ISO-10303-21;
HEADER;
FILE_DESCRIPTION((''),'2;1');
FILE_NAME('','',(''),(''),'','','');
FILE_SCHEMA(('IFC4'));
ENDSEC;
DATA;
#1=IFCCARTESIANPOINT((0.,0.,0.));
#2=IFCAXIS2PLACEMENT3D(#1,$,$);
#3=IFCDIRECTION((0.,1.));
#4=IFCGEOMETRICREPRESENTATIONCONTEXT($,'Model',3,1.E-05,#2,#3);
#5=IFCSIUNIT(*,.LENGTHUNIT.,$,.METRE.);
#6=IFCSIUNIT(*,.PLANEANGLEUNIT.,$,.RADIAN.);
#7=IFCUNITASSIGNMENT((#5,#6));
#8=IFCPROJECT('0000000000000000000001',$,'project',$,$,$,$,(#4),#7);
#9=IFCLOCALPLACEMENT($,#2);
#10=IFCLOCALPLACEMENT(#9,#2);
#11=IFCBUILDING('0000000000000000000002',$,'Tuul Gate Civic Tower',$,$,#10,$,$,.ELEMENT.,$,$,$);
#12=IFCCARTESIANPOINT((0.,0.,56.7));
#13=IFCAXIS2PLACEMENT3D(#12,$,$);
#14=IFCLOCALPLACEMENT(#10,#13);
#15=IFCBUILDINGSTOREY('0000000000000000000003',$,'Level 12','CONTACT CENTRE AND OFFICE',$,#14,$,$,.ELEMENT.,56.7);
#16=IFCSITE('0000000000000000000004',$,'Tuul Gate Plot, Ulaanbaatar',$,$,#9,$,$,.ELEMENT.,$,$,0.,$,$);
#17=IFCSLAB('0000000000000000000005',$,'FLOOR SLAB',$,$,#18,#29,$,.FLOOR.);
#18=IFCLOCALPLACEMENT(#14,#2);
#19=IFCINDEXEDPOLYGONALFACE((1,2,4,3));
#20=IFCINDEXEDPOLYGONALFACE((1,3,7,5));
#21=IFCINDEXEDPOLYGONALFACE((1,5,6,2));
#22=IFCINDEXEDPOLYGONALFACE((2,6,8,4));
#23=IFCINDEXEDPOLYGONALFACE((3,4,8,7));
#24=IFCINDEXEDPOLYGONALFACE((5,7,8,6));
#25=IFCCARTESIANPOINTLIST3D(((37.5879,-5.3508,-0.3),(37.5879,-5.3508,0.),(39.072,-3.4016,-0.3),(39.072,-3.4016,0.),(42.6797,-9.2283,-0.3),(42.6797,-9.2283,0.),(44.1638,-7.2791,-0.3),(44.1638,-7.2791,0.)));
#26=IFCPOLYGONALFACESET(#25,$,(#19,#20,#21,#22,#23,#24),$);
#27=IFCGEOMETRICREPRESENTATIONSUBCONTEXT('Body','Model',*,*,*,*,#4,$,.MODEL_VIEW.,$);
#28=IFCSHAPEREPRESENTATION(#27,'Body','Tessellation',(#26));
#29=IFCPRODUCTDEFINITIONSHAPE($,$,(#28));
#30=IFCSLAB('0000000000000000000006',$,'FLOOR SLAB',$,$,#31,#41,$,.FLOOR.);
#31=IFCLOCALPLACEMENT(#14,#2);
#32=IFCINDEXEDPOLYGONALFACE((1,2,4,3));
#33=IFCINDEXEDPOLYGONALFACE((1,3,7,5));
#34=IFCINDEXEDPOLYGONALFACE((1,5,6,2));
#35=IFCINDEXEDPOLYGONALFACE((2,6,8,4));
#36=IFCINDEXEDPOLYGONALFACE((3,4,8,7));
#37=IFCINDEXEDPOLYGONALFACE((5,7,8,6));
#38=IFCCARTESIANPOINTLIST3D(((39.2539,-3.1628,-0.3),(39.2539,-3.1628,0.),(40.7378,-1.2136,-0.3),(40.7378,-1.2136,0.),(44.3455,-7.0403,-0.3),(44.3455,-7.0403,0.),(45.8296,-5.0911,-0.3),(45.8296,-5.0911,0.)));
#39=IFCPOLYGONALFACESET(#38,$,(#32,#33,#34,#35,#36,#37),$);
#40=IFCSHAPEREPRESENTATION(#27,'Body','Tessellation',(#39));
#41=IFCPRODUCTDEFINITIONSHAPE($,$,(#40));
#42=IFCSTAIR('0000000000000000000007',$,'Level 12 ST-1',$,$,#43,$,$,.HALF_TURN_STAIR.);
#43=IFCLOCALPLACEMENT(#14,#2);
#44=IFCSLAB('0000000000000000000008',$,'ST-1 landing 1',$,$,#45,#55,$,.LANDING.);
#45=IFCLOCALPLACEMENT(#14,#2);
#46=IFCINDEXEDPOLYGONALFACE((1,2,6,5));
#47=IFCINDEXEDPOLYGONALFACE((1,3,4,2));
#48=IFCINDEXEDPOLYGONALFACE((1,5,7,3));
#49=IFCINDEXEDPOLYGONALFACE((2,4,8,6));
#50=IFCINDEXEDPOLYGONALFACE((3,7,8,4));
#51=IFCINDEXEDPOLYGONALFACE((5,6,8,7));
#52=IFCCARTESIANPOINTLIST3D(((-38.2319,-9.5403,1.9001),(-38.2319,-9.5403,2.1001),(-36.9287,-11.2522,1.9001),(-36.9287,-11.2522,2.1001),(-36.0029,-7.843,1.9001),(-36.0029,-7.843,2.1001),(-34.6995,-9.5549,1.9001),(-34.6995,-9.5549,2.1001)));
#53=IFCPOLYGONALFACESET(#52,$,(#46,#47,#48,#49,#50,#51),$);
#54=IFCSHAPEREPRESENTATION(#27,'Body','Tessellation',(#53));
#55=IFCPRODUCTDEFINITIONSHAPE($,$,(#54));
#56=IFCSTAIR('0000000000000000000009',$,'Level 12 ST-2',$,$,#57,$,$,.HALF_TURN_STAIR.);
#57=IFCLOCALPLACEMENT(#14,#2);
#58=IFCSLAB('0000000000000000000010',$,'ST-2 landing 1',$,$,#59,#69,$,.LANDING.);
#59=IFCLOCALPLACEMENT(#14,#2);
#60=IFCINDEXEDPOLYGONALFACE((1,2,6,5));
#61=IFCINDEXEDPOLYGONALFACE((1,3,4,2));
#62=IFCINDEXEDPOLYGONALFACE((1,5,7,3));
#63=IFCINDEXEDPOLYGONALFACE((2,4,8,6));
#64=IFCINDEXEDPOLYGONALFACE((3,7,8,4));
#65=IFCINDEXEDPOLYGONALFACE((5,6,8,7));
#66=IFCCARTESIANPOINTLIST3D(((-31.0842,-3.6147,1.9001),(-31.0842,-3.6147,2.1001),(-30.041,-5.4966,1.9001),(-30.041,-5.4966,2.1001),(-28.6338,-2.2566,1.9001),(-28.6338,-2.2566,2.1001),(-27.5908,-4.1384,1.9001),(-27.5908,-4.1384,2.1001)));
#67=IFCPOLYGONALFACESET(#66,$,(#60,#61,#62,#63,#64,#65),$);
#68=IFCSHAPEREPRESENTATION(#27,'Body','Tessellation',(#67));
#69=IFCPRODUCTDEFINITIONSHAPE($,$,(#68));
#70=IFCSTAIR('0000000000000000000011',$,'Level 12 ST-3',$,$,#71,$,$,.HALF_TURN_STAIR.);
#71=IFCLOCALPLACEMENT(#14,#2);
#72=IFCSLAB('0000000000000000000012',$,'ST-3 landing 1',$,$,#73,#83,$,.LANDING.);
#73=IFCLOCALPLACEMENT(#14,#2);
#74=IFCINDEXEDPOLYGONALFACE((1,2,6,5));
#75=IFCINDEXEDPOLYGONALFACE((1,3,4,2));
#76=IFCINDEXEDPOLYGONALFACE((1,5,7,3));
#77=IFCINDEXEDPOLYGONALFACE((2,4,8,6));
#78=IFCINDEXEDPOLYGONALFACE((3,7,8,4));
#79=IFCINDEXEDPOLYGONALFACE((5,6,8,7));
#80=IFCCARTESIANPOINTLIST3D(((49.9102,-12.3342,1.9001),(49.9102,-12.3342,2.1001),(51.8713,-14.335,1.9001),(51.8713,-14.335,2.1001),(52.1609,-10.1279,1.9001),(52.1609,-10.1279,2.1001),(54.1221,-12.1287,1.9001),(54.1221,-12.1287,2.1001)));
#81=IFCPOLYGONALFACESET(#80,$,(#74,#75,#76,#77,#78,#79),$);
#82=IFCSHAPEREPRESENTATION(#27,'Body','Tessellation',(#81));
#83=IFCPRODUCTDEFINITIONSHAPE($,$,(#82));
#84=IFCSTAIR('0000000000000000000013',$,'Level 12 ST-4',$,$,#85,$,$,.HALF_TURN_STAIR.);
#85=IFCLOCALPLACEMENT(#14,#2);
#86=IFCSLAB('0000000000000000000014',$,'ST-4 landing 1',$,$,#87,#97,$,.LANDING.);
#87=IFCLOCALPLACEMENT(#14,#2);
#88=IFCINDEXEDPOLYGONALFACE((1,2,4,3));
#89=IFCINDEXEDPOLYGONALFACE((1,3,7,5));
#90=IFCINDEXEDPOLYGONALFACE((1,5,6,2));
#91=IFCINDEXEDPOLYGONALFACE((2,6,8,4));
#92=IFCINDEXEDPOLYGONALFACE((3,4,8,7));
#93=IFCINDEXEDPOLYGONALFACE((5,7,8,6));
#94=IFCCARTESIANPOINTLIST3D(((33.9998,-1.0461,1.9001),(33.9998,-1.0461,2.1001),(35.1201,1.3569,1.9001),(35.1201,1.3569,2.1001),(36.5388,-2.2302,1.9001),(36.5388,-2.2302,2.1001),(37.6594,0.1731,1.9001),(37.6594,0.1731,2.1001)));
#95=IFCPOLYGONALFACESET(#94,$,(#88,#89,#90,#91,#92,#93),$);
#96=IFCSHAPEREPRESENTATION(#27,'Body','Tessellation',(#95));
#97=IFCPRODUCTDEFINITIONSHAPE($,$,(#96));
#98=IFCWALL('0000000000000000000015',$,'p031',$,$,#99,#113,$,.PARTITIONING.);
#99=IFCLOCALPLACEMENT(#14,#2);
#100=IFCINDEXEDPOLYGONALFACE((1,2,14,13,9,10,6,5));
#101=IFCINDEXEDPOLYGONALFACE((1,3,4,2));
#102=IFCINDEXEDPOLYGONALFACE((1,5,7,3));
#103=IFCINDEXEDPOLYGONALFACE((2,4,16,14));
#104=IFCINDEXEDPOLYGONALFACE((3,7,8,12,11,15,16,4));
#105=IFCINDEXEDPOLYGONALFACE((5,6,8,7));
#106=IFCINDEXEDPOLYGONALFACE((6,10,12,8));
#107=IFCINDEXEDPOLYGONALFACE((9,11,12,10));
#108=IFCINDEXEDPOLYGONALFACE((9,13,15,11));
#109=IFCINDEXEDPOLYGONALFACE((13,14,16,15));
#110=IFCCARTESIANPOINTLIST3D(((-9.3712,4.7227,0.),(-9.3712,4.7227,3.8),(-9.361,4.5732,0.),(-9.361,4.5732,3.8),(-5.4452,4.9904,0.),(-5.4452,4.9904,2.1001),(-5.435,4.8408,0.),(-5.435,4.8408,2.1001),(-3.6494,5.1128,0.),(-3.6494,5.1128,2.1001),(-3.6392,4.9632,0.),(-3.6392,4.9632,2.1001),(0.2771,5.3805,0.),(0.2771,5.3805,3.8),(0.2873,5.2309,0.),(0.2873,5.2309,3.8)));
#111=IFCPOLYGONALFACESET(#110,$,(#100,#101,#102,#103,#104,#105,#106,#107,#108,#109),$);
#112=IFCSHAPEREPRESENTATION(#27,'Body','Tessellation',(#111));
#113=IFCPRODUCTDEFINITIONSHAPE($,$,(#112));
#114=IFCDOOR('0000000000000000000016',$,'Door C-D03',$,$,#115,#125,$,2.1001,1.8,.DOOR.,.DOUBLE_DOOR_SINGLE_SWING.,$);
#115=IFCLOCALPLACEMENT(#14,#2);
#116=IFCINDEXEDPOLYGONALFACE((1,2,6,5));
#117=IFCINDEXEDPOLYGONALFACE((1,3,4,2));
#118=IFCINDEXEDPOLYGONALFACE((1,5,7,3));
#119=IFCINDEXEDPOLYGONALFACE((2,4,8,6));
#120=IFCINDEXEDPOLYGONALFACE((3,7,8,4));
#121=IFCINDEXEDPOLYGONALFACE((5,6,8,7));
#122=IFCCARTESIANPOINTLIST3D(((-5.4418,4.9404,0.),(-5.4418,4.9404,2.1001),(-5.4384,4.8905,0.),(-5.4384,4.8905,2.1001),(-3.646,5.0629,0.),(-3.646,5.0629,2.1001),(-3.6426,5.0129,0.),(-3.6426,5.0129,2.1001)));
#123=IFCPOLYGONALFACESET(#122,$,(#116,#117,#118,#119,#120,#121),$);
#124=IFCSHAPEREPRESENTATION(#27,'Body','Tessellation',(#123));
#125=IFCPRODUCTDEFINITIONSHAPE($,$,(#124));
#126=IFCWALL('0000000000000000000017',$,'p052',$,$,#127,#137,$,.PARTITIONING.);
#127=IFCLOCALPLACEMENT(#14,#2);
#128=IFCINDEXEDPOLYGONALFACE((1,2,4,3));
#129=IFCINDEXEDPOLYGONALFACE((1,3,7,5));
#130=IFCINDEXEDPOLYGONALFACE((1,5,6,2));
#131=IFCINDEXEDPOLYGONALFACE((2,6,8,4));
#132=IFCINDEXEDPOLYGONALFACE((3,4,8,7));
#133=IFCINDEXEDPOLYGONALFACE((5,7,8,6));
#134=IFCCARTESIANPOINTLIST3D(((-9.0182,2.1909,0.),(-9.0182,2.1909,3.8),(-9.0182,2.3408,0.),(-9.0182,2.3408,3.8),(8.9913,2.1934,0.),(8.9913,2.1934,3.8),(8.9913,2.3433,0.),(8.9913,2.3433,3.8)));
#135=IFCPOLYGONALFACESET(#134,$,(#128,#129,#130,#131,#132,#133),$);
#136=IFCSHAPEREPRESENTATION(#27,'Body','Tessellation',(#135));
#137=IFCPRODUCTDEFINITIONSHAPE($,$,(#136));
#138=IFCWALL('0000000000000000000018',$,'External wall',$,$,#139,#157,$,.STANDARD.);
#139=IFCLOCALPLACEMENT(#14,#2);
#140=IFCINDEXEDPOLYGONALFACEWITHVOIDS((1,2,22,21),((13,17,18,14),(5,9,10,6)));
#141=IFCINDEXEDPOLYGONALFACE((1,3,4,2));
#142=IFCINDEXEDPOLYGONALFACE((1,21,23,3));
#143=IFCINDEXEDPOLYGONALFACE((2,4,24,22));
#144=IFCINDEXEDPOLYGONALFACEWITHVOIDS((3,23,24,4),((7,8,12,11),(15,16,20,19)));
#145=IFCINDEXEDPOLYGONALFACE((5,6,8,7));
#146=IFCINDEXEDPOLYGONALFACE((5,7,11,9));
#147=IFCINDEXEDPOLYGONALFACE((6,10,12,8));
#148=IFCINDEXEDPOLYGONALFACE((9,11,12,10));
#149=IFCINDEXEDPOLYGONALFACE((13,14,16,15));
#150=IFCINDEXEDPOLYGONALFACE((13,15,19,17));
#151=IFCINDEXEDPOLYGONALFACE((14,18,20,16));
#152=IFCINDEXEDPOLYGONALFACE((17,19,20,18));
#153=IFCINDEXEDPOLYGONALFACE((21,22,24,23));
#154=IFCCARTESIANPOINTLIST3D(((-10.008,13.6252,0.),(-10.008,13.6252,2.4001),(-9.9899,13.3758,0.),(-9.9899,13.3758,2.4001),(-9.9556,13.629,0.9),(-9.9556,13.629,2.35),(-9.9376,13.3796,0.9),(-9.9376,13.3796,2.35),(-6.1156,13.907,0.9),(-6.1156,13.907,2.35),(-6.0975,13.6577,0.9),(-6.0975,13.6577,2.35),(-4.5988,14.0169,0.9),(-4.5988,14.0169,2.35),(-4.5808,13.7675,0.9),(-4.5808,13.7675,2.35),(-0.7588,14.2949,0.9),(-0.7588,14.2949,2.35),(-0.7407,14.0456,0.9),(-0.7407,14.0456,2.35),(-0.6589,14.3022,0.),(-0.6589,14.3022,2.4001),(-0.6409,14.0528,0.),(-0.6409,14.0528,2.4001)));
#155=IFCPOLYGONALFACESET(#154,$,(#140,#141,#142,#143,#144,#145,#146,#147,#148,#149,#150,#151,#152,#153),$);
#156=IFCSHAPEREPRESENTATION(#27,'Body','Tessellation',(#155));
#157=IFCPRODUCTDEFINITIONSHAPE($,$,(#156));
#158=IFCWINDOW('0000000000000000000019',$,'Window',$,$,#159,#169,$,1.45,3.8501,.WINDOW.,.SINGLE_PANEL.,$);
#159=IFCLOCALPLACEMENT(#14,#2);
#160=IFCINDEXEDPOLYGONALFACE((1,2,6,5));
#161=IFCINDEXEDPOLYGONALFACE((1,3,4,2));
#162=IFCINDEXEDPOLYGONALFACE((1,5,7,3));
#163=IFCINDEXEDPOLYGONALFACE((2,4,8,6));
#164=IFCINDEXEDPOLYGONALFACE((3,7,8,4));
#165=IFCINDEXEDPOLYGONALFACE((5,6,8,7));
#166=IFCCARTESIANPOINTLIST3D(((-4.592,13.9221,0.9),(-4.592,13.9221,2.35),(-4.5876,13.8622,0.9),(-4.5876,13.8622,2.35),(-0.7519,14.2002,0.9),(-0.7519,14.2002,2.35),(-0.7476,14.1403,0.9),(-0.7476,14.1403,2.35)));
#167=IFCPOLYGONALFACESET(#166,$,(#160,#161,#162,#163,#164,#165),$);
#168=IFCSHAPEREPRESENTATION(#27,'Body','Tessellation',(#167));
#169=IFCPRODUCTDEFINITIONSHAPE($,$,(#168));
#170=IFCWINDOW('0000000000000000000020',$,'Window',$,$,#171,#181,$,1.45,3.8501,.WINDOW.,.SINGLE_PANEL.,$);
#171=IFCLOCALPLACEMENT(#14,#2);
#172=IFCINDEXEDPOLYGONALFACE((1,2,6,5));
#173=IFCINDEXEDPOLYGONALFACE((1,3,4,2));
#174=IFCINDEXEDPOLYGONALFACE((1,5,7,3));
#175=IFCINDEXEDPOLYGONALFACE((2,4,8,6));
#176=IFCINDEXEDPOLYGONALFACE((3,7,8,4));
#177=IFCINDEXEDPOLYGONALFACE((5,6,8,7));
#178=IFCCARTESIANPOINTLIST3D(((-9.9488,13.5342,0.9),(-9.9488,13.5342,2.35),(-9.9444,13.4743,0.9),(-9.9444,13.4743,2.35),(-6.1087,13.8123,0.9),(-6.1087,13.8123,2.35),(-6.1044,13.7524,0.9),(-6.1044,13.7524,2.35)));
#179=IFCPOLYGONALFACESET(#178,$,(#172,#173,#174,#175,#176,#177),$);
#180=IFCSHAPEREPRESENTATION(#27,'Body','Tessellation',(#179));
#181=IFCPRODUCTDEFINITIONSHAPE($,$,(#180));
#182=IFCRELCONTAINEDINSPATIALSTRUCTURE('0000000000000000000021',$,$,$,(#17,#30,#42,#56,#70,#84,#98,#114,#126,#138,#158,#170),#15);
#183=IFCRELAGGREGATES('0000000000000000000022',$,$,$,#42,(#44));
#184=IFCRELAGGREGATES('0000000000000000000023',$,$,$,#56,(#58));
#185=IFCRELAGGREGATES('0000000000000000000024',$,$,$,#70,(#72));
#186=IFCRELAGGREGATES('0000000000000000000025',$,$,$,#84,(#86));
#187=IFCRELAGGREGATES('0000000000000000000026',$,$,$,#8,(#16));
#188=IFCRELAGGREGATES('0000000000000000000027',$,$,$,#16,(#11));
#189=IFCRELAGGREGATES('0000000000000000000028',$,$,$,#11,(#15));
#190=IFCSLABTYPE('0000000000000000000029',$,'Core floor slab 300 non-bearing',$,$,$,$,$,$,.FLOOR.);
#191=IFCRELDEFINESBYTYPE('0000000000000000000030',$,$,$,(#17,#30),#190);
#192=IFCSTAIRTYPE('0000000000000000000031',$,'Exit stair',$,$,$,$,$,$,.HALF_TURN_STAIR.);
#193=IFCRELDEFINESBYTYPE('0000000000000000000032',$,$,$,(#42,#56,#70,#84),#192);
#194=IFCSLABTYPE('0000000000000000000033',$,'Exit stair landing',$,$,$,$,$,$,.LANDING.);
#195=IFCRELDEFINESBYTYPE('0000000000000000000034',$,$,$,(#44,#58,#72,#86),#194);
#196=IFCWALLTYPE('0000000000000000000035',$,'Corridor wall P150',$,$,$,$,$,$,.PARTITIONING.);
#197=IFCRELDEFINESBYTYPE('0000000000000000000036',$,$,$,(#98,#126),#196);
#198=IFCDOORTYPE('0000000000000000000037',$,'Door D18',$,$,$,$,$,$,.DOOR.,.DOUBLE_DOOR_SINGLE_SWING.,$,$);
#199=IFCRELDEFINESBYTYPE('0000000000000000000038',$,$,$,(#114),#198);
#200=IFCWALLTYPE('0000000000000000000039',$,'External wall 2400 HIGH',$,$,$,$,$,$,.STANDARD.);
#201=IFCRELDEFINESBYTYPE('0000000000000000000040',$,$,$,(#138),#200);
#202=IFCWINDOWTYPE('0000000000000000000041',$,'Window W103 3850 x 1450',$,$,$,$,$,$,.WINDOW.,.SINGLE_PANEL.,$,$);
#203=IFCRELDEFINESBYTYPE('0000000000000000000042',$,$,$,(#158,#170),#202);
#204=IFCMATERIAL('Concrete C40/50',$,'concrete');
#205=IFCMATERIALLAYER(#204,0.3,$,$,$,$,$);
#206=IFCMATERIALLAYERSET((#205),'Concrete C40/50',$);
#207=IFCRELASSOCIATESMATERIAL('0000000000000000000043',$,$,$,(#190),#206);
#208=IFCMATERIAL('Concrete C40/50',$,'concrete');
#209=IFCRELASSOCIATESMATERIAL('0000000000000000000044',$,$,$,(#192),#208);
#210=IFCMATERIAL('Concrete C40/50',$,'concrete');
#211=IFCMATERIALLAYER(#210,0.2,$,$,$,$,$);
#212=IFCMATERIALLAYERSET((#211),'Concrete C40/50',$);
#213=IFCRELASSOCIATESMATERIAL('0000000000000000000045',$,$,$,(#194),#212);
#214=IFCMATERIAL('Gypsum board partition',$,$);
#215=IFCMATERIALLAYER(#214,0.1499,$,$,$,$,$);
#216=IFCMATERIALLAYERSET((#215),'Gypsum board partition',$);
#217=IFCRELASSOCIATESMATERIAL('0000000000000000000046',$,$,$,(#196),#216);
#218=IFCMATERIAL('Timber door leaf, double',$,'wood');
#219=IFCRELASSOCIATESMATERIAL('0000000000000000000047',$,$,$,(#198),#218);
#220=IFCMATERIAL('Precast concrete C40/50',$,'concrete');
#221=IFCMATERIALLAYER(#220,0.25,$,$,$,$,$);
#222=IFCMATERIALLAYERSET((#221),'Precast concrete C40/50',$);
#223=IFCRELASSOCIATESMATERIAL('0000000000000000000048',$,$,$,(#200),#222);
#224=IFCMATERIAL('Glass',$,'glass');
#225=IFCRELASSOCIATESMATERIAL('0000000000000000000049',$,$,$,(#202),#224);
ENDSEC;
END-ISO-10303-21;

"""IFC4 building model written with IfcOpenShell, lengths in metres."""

from ifc_helpers import new_model, si_unit, direction, frame, frame_2d, origin, place, context, subcontext, project, spatial, polyline, rectangle, outline, extrude, material, layer, layer_set, type_object, element, fill, aggregate, save


model = new_model("IFC4")

# Units and contexts
model_context = context("Model", 3, precision=1e-05, world=origin(), true_north=direction((0.0, 1.0)))
body_context = subcontext(model_context, "Body", "Model", "MODEL_VIEW")
ifc_project = project(units=[si_unit("LENGTHUNIT", "METRE"), si_unit("PLANEANGLEUNIT", "RADIAN")], contexts=[model_context])

# Site, building, storey
site_placement = place(None, origin())
site = spatial("IfcSite", under=ifc_project, at=site_placement, Name="Tuul Gate Plot, Ulaanbaatar", CompositionType="ELEMENT", RefElevation=0.0)
building_placement = place(site_placement, origin())
building = spatial("IfcBuilding", under=site, at=building_placement, Name="Tuul Gate Civic Tower", CompositionType="ELEMENT")
storey_placement = place(building_placement, frame((0.0, 0.0, 56.7)))
storey = spatial("IfcBuildingStorey", under=building, at=storey_placement, Name="Level 12", Description="CONTACT CENTRE AND OFFICE", CompositionType="ELEMENT", Elevation=56.7)

# Slabs
ifc_material_1 = material(Name="Concrete C40/50", Category="concrete")
ifc_layer_1 = layer(ifc_material_1, 0.3)
ifc_layer_set_1 = layer_set([ifc_layer_1], Name="Concrete C40/50")
slab_type_1 = type_object("IfcSlabType", Name="Core floor slab 300 non-bearing", PredefinedType="FLOOR", material=ifc_layer_set_1)
slab_1_placement = place(storey_placement, frame((0.0, 0.0, -0.3)))
element("IfcSlab", 1, at=slab_1_placement, inside=storey, type_object=slab_type_1, Name="FLOOR SLAB", PredefinedType="FLOOR", context=body_context, shape_type="SweptSolid", body=[
    extrude(outline(polyline([(37.5879, -5.3508), (39.072, -3.4016), (44.1638, -7.2791), (42.6797, -9.2283), (37.5879, -5.3508)])), origin(), (0.0, 0.0, 1.0), 0.3),
])
slab_2_placement = place(storey_placement, frame((0.0, 0.0, -0.3)))
element("IfcSlab", 2, at=slab_2_placement, inside=storey, type_object=slab_type_1, Name="FLOOR SLAB", PredefinedType="FLOOR", context=body_context, shape_type="SweptSolid", body=[
    extrude(outline(polyline([(44.3455, -7.0403), (39.2539, -3.1628), (40.7378, -1.2136), (45.8296, -5.0911), (44.3455, -7.0403)])), origin(), (0.0, 0.0, 1.0), 0.3),
])

# Stairs, slabs
ifc_material_2 = material(Name="Concrete C40/50", Category="concrete")
stair_type = type_object("IfcStairType", Name="Exit stair", PredefinedType="HALF_TURN_STAIR", material=ifc_material_2)
stair_1_placement = place(storey_placement, origin())
stair_1 = element("IfcStair", 3, at=stair_1_placement, inside=storey, type_object=stair_type, Name="Level 12 ST-1", PredefinedType="HALF_TURN_STAIR")
ifc_material_3 = material(Name="Concrete C40/50", Category="concrete")
ifc_layer_2 = layer(ifc_material_3, 0.2)
ifc_layer_set_2 = layer_set([ifc_layer_2], Name="Concrete C40/50")
slab_type_2 = type_object("IfcSlabType", Name="Exit stair landing", PredefinedType="LANDING", material=ifc_layer_set_2)
slab_3_placement = place(storey_placement, frame((0.0, 0.0, 1.9001)))
slab_3 = element("IfcSlab", 4, at=slab_3_placement, type_object=slab_type_2, Name="ST-1 landing 1", PredefinedType="LANDING", context=body_context, shape_type="SweptSolid", body=[
    extrude(outline(polyline([(-34.6995, -9.5549), (-36.9287, -11.2522), (-38.2319, -9.5403), (-36.0029, -7.843), (-34.6995, -9.5549)])), origin(), (0.0, 0.0, 1.0), 0.2),
])
aggregate(stair_1, [slab_3])
stair_2_placement = place(storey_placement, origin())
stair_2 = element("IfcStair", 5, at=stair_2_placement, inside=storey, type_object=stair_type, Name="Level 12 ST-2", PredefinedType="HALF_TURN_STAIR")
slab_4_placement = place(storey_placement, frame((0.0, 0.0, 1.9001)))
slab_4 = element("IfcSlab", 6, at=slab_4_placement, type_object=slab_type_2, Name="ST-2 landing 1", PredefinedType="LANDING", context=body_context, shape_type="SweptSolid", body=[
    extrude(outline(polyline([(-27.5908, -4.1384), (-30.041, -5.4966), (-31.0842, -3.6147), (-28.6338, -2.2566), (-27.5908, -4.1384)])), origin(), (0.0, 0.0, 1.0), 0.2),
])
aggregate(stair_2, [slab_4])
stair_3_placement = place(storey_placement, origin())
stair_3 = element("IfcStair", 7, at=stair_3_placement, inside=storey, type_object=stair_type, Name="Level 12 ST-3", PredefinedType="HALF_TURN_STAIR")
slab_5_placement = place(storey_placement, frame((0.0, 0.0, 1.9001)))
slab_5 = element("IfcSlab", 8, at=slab_5_placement, type_object=slab_type_2, Name="ST-3 landing 1", PredefinedType="LANDING", context=body_context, shape_type="SweptSolid", body=[
    extrude(outline(polyline([(51.8713, -14.335), (49.9102, -12.3342), (52.1609, -10.1279), (54.1221, -12.1287), (51.8713, -14.335)])), origin(), (0.0, 0.0, 1.0), 0.2),
])
aggregate(stair_3, [slab_5])
stair_4_placement = place(storey_placement, origin())
stair_4 = element("IfcStair", 9, at=stair_4_placement, inside=storey, type_object=stair_type, Name="Level 12 ST-4", PredefinedType="HALF_TURN_STAIR")
slab_6_placement = place(storey_placement, frame((0.0, 0.0, 1.9001)))
slab_6 = element("IfcSlab", 10, at=slab_6_placement, type_object=slab_type_2, Name="ST-4 landing 1", PredefinedType="LANDING", context=body_context, shape_type="SweptSolid", body=[
    extrude(outline(polyline([(36.5388, -2.2302), (33.9998, -1.0461), (35.1201, 1.3569), (37.6594, 0.1731), (36.5388, -2.2302)])), origin(), (0.0, 0.0, 1.0), 0.2),
])
aggregate(stair_4, [slab_6])

# Wall, opening, door
ifc_material_4 = material(Name="Gypsum board partition")
ifc_layer_3 = layer(ifc_material_4, 0.1499)
ifc_layer_set_3 = layer_set([ifc_layer_3], Name="Gypsum board partition")
wall_type_1 = type_object("IfcWallType", Name="Corridor wall P150", PredefinedType="PARTITIONING", material=ifc_layer_set_3)
wall_1_placement = place(storey_placement, frame((-9.3662, 4.6479, 0.0), z_axis=(0.0, 0.0, 1.0), x_axis=(0.997685, 0.068012, 0.0)))
wall_1 = element("IfcWall", 11, at=wall_1_placement, inside=storey, type_object=wall_type_1, Name="p031", PredefinedType="PARTITIONING", context=body_context, shape_type="SweptSolid", body=[
    extrude(rectangle(XDim=9.6707, YDim=0.1499, at=frame_2d((4.8354, 0.0))), origin(), (0.0, 0.0, 1.0), 3.8),
])
opening_1_placement = place(wall_1_placement, frame((3.9353, 0.0, 0.0)))
opening_1 = element("IfcOpeningElement", 12, at=opening_1_placement, cuts=wall_1, PredefinedType="OPENING", context=body_context, shape_type="SweptSolid", body=[
    extrude(rectangle(XDim=1.8, YDim=2.1001, at=frame_2d((0.8999, 1.05))), frame((0.0, 0.085, 0.0), z_axis=(0.0, -1.0, 0.0), x_axis=(1.0, 0.0, 0.0)), (0.0, 0.0, 1.0), 0.1699),
])
ifc_material_5 = material(Name="Timber door leaf, double", Category="wood")
door_type = type_object("IfcDoorType", Name="Door D18", OperationType="DOUBLE_DOOR_SINGLE_SWING", PredefinedType="DOOR", material=ifc_material_5)
door_placement = place(opening_1_placement, origin())
door = element("IfcDoor", 13, at=door_placement, inside=storey, type_object=door_type, Name="Door C-D03", OperationType="DOUBLE_DOOR_SINGLE_SWING", OverallHeight=2.1001, OverallWidth=1.8, PredefinedType="DOOR", context=body_context, shape_type="SweptSolid", body=[
    extrude(rectangle(XDim=1.8, YDim=2.1001, at=frame_2d((0.8999, 1.05))), frame((0.0, 0.0249, 0.0), z_axis=(0.0, -1.0, 0.0), x_axis=(1.0, 0.0, 0.0)), (0.0, 0.0, 1.0), 0.05),
])
fill(opening_1, door)

# Wall
wall_2_placement = place(storey_placement, frame((-9.0183, 2.2659, 0.0), z_axis=(0.0, 0.0, 1.0), x_axis=(1.0, 0.000136, 0.0)))
element("IfcWall", 14, at=wall_2_placement, inside=storey, type_object=wall_type_1, Name="p052", PredefinedType="PARTITIONING", context=body_context, shape_type="SweptSolid", body=[
    extrude(rectangle(XDim=18.0095, YDim=0.1499, at=frame_2d((9.0049, 0.0))), origin(), (0.0, 0.0, 1.0), 3.8),
])

# Wall, openings, windows
ifc_material_6 = material(Name="Precast concrete C40/50", Category="concrete")
ifc_layer_4 = layer(ifc_material_6, 0.25)
ifc_layer_set_4 = layer_set([ifc_layer_4], Name="Precast concrete C40/50")
wall_type_2 = type_object("IfcWallType", Name="External wall 2400 HIGH", PredefinedType="STANDARD", material=ifc_layer_set_4)
wall_3_placement = place(storey_placement, frame((-0.6499, 14.1775, 0.0), z_axis=(0.0, 0.0, 1.0), x_axis=(-0.997388, -0.072224, 0.0)))
wall_3 = element("IfcWall", 15, at=wall_3_placement, inside=storey, type_object=wall_type_2, Name="External wall", PredefinedType="STANDARD", context=body_context, shape_type="SweptSolid", body=[
    extrude(rectangle(XDim=9.3735, YDim=0.25, at=frame_2d((4.6868, 0.0))), origin(), (0.0, 0.0, 1.0), 2.4001),
])
opening_2_placement = place(wall_3_placement, frame((0.1001, 0.0, 0.8999)))
opening_2 = element("IfcOpeningElement", 16, at=opening_2_placement, cuts=wall_3, PredefinedType="OPENING", context=body_context, shape_type="SweptSolid", body=[
    extrude(rectangle(XDim=3.8501, YDim=1.45, at=frame_2d((1.925, 0.7251))), frame((0.0, 0.135, 0.0), z_axis=(0.0, -1.0, 0.0), x_axis=(1.0, 0.0, 0.0)), (0.0, 0.0, 1.0), 0.27),
])
opening_3_placement = place(wall_3_placement, frame((5.4709, 0.0, 0.8999)))
opening_3 = element("IfcOpeningElement", 17, at=opening_3_placement, cuts=wall_3, PredefinedType="OPENING", context=body_context, shape_type="SweptSolid", body=[
    extrude(rectangle(XDim=3.8501, YDim=1.45, at=frame_2d((1.925, 0.7251))), frame((0.0, 0.135, 0.0), z_axis=(0.0, -1.0, 0.0), x_axis=(1.0, 0.0, 0.0)), (0.0, 0.0, 1.0), 0.27),
])
ifc_material_7 = material(Name="Glass", Category="glass")
window_type_1 = type_object("IfcWindowType", Name="Window W103 3850 x 1450", PartitioningType="SINGLE_PANEL", PredefinedType="WINDOW", material=ifc_material_7)
window_1_placement = place(opening_2_placement, origin())
window_1 = element("IfcWindow", 18, at=window_1_placement, inside=storey, type_object=window_type_1, Name="Window", OverallHeight=1.45, OverallWidth=3.8501, PartitioningType="SINGLE_PANEL", PredefinedType="WINDOW", context=body_context, shape_type="SweptSolid", body=[
    extrude(rectangle(XDim=3.8501, YDim=1.45, at=frame_2d((1.925, 0.7251))), frame((0.0, 0.03, 0.0), z_axis=(0.0, -1.0, 0.0), x_axis=(1.0, 0.0, 0.0)), (0.0, 0.0, 1.0), 0.0601),
])
fill(opening_2, window_1)
window_2_placement = place(opening_3_placement, origin())
window_2 = element("IfcWindow", 19, at=window_2_placement, inside=storey, type_object=window_type_1, Name="Window", OverallHeight=1.45, OverallWidth=3.8501, PartitioningType="SINGLE_PANEL", PredefinedType="WINDOW", context=body_context, shape_type="SweptSolid", body=[
    extrude(rectangle(XDim=3.8501, YDim=1.45, at=frame_2d((1.925, 0.7251))), frame((0.0, 0.03, 0.0), z_axis=(0.0, -1.0, 0.0), x_axis=(1.0, 0.0, 0.0)), (0.0, 0.0, 1.0), 0.0601),
])
fill(opening_3, window_2)

save(model, "model.ifc")
